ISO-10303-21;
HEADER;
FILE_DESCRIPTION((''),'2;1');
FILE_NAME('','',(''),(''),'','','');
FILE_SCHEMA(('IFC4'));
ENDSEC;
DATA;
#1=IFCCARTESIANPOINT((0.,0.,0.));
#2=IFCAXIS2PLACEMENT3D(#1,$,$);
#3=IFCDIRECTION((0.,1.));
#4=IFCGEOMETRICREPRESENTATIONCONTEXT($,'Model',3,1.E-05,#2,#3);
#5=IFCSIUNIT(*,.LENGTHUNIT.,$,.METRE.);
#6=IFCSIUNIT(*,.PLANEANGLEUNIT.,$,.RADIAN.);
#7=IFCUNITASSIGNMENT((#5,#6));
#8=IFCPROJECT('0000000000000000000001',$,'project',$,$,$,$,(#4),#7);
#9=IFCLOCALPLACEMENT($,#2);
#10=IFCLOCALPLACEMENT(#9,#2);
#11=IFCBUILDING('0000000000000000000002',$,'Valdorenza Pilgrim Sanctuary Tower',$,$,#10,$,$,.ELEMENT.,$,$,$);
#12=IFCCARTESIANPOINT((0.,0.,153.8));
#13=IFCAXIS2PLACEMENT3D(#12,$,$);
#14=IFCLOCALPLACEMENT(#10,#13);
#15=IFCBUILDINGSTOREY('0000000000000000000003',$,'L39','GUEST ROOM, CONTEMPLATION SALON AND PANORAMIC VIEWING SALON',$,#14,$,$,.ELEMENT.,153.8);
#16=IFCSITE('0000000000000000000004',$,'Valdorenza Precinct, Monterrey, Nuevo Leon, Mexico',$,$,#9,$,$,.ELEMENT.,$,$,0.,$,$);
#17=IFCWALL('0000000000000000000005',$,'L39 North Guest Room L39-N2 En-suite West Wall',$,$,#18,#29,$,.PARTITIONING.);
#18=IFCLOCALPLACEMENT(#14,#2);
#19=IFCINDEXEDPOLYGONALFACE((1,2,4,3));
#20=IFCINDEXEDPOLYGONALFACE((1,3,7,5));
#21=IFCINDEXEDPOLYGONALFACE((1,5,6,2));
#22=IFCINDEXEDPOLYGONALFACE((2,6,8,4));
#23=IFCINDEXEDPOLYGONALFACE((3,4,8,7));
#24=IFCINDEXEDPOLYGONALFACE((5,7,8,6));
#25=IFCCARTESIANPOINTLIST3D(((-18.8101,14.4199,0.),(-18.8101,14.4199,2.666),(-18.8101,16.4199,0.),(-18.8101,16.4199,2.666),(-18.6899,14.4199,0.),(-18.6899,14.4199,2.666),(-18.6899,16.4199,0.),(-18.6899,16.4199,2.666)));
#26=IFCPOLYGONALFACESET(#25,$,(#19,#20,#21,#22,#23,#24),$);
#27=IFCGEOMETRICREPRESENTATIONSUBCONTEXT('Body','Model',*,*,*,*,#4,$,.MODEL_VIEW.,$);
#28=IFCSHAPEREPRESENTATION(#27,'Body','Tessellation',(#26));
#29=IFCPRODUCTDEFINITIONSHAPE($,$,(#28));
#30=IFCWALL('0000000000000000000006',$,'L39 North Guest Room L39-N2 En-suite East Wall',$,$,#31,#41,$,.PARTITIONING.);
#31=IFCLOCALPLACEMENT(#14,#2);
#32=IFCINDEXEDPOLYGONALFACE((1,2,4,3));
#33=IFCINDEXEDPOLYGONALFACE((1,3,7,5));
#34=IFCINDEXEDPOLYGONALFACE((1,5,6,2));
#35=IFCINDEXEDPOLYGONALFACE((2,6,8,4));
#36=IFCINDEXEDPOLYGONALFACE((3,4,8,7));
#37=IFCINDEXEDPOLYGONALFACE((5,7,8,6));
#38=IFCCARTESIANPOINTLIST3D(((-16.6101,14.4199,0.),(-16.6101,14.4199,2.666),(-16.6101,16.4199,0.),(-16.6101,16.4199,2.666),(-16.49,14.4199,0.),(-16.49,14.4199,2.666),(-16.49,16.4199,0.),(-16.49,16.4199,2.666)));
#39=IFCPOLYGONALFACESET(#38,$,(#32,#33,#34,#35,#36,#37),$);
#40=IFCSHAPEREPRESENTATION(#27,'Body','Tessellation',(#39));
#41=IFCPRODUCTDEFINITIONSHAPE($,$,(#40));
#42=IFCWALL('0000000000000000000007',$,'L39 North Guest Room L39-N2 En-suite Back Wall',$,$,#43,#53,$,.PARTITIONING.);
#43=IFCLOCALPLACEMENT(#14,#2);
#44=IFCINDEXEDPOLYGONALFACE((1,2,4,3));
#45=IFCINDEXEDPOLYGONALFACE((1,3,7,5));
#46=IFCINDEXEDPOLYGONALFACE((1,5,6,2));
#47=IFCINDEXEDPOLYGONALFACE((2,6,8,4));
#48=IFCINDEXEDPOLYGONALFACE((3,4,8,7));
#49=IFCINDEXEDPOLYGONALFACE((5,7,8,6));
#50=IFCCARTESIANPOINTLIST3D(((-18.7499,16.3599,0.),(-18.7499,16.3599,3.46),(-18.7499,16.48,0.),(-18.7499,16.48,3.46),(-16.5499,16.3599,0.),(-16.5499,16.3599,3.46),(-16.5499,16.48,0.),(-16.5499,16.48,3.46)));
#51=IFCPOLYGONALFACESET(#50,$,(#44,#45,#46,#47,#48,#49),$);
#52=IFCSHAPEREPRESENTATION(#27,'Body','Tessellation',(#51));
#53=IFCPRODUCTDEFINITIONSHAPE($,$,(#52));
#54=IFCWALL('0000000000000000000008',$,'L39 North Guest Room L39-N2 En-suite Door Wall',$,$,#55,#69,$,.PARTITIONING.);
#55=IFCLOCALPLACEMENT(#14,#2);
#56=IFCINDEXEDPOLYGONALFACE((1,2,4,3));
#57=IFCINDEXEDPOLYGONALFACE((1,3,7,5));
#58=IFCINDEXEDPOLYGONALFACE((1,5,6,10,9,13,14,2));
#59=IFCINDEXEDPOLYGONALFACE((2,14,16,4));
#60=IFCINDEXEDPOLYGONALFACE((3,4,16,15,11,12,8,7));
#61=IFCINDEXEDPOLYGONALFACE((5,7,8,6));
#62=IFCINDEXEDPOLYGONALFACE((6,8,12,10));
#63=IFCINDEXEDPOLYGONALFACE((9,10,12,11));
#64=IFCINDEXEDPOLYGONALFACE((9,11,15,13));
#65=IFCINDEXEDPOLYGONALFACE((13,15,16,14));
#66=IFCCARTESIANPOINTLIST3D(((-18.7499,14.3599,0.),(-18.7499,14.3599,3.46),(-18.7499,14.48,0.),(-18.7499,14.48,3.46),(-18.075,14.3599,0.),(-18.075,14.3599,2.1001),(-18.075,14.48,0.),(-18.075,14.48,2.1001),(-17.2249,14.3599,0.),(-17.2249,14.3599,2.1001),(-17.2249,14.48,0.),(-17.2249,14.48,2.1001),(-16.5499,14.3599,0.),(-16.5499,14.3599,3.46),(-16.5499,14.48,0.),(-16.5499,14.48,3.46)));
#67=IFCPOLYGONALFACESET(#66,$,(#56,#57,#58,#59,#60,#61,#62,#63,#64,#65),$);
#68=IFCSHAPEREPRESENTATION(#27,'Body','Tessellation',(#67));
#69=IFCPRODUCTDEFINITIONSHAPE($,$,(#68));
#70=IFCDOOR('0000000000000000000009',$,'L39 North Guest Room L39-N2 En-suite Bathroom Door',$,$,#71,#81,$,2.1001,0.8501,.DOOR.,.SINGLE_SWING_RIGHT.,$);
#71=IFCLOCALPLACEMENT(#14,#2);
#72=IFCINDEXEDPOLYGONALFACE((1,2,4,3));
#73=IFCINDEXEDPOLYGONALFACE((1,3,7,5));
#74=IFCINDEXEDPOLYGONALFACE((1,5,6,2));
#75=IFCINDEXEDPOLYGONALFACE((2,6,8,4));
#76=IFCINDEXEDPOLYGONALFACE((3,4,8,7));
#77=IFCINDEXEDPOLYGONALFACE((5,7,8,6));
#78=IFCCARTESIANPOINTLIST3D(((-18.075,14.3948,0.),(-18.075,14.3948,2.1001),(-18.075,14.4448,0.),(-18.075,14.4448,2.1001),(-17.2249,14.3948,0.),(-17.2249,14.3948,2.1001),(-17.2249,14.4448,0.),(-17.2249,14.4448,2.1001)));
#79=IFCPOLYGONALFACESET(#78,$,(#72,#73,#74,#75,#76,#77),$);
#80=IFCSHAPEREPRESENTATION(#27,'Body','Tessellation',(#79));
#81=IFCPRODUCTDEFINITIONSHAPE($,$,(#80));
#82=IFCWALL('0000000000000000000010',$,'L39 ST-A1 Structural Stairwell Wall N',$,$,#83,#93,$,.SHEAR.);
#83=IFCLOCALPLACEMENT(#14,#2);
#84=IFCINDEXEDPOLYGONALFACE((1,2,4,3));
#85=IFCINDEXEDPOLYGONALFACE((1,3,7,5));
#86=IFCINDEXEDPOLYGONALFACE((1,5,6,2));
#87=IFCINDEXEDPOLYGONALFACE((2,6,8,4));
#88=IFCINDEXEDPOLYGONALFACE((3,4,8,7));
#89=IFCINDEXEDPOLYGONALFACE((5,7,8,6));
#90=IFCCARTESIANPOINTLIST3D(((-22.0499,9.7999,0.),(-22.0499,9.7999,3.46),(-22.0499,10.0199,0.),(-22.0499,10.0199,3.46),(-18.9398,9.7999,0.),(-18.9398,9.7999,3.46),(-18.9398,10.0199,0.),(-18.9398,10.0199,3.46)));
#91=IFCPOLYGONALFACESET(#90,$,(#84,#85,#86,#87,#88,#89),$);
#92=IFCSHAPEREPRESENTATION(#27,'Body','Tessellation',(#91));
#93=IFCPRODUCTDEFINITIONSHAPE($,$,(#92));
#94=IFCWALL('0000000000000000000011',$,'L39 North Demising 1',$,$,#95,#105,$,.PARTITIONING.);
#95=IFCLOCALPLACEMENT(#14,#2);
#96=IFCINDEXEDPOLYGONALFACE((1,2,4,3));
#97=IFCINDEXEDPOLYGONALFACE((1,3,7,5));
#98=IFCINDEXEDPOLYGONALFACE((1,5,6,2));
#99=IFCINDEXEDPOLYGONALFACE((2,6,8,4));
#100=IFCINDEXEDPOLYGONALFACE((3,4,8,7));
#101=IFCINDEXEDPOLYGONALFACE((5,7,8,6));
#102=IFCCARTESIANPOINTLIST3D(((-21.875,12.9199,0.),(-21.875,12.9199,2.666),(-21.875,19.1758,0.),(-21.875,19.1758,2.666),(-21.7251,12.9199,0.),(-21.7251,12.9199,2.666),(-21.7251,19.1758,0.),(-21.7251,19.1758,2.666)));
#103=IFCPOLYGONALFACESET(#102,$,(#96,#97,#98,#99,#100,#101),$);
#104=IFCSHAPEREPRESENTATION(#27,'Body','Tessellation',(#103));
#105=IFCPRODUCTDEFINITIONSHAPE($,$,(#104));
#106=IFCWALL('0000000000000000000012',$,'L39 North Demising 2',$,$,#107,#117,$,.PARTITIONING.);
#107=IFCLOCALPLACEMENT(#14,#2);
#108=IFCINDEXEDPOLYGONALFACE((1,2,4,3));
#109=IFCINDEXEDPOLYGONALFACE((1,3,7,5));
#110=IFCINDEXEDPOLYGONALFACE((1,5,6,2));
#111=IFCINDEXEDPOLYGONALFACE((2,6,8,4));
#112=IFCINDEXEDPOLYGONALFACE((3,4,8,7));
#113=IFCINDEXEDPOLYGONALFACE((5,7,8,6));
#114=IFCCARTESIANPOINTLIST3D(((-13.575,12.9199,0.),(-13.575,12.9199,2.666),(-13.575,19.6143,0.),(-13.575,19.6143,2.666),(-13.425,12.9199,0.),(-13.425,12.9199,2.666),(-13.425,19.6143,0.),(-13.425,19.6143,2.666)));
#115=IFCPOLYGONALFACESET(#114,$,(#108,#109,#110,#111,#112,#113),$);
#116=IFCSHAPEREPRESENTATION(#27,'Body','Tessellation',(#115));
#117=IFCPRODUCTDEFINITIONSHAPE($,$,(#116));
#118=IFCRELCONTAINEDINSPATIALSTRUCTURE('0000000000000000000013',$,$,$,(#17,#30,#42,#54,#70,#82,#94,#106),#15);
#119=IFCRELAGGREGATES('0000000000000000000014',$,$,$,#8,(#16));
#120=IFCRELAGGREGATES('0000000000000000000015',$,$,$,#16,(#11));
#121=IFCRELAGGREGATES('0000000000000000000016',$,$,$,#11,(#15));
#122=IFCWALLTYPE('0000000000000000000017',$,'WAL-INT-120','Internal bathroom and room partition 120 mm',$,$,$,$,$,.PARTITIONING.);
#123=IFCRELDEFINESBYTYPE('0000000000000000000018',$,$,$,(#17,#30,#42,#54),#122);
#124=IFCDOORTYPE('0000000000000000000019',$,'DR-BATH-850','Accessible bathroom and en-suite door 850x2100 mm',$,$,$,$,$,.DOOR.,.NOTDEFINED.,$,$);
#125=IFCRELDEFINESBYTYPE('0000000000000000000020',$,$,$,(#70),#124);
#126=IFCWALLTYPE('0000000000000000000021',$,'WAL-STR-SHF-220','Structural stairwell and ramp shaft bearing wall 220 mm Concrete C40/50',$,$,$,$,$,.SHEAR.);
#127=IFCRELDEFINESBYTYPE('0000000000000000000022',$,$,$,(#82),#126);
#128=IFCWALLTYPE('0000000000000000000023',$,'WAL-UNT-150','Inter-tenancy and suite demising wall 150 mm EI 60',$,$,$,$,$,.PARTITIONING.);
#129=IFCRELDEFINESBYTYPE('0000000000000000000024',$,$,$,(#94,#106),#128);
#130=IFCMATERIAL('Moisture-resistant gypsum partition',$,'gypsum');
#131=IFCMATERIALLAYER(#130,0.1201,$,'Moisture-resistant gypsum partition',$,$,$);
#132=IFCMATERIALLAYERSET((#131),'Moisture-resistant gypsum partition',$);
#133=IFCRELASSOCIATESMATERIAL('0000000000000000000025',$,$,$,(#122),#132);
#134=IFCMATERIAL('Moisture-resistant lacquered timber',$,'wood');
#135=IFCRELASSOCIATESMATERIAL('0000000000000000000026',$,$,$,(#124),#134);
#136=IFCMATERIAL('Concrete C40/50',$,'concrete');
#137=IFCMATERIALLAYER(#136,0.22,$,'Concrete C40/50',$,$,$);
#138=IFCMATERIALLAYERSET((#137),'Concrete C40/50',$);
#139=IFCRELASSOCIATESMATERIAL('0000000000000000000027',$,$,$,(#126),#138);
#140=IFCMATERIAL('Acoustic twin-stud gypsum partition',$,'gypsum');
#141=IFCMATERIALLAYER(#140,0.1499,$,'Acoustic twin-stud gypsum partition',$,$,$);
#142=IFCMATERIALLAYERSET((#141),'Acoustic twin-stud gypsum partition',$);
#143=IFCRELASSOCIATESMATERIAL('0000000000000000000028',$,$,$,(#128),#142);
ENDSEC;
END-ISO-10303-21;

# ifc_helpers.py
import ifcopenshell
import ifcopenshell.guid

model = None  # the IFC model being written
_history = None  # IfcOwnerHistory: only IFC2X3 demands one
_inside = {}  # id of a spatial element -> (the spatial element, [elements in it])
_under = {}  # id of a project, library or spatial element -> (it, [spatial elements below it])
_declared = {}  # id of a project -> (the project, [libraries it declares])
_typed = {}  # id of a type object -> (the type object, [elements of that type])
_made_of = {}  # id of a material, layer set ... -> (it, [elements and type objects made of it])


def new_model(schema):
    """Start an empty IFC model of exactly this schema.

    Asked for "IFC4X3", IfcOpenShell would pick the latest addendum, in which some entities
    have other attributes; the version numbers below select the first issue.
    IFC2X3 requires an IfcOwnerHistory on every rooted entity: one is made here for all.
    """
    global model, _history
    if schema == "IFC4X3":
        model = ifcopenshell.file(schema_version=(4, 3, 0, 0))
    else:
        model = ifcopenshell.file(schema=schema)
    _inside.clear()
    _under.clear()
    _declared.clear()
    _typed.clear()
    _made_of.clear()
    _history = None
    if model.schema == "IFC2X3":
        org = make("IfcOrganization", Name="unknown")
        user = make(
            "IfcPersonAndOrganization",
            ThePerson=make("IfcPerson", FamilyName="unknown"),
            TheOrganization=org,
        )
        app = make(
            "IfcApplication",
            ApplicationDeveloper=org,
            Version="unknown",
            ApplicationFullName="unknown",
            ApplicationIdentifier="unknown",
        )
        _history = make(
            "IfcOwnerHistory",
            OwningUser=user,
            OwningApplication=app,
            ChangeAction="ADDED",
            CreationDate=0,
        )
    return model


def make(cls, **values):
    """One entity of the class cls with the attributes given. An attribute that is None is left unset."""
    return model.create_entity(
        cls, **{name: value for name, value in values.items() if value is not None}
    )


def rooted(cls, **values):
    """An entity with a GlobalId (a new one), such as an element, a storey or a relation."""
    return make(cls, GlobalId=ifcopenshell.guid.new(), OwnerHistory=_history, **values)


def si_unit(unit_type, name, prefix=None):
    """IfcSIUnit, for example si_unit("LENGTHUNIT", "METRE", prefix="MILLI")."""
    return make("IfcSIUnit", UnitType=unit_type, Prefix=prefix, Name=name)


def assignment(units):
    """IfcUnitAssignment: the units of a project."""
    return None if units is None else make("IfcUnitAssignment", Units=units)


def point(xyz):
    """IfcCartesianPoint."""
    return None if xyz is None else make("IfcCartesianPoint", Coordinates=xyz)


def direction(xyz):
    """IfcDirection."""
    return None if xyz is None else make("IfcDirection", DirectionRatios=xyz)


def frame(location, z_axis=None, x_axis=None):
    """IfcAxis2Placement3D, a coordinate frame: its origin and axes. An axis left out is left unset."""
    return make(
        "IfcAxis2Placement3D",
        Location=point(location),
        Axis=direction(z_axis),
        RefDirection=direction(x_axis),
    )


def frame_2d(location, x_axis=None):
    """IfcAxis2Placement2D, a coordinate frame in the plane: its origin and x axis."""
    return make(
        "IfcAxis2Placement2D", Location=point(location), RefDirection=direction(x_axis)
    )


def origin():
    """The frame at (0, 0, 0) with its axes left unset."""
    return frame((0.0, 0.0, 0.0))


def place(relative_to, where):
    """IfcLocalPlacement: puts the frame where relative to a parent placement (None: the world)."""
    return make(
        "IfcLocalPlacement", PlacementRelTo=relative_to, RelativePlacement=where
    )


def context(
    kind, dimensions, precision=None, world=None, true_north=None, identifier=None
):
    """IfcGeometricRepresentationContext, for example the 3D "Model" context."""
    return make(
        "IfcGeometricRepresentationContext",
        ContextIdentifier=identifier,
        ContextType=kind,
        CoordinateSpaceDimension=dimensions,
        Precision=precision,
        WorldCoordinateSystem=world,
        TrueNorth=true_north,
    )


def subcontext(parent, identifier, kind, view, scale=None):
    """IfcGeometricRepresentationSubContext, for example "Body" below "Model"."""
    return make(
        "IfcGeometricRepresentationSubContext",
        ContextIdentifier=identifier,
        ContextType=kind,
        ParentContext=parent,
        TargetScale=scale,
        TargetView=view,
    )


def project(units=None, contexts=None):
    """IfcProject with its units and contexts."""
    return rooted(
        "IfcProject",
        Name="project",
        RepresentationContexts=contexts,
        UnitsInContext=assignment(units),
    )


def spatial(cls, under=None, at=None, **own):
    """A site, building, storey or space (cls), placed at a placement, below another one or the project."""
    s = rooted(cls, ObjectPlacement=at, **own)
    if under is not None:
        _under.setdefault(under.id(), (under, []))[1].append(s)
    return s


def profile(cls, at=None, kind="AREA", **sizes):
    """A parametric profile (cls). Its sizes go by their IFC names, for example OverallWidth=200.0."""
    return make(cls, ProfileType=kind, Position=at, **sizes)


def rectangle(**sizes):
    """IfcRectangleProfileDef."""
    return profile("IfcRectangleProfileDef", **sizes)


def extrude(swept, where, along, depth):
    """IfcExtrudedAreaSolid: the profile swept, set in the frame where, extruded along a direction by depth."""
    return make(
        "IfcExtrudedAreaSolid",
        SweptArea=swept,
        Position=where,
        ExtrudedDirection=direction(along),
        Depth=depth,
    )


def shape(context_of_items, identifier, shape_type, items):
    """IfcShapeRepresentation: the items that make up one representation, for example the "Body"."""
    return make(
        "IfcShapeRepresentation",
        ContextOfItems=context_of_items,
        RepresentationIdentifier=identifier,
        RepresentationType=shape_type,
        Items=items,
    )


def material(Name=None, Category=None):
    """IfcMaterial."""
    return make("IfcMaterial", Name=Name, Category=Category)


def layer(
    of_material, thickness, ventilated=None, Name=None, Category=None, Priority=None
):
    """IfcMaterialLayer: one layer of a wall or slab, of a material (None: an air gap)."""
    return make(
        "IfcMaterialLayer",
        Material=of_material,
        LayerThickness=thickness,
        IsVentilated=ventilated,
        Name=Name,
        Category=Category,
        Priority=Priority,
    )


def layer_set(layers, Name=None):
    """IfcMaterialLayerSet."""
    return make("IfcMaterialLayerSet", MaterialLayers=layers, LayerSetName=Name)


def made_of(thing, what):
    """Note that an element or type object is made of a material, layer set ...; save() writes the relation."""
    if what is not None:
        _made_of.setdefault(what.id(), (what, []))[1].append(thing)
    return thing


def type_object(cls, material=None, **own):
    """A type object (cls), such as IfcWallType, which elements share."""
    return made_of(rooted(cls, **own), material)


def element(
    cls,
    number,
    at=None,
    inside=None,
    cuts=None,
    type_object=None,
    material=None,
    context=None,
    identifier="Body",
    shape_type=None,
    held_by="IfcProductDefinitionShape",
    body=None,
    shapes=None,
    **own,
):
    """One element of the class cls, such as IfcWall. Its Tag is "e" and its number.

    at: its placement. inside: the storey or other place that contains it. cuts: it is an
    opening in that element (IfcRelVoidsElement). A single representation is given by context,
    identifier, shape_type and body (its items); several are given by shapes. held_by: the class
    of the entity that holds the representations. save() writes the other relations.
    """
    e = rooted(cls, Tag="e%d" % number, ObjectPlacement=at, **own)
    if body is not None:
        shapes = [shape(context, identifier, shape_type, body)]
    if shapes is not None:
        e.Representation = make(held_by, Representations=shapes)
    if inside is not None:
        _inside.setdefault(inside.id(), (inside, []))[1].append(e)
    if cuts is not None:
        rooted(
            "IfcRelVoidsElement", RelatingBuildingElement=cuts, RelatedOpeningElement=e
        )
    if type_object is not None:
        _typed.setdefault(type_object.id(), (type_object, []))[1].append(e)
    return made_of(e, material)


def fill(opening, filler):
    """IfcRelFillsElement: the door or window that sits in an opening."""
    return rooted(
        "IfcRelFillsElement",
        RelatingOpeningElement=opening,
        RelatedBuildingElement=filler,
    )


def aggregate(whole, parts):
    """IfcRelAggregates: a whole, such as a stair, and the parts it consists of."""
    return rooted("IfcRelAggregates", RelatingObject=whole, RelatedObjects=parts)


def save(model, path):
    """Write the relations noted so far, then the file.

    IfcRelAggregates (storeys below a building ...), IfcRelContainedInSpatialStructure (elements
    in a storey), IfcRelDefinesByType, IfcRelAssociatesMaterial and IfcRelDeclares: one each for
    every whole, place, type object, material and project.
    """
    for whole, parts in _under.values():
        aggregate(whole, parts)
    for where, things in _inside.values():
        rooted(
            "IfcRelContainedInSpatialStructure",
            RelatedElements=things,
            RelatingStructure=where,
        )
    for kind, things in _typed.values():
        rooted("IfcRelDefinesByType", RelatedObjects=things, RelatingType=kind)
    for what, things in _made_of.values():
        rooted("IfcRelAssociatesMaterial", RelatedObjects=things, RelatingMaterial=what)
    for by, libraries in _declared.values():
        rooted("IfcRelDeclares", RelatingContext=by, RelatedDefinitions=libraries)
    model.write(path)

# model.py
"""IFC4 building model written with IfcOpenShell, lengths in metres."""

from ifc_helpers import new_model, si_unit, direction, frame, frame_2d, origin, place, context, subcontext, project, spatial, rectangle, extrude, material, layer, layer_set, type_object, element, fill, save


model = new_model("IFC4")

# Units and contexts
model_context = context("Model", 3, precision=1e-05, world=origin(), true_north=direction((0.0, 1.0)))
body_context = subcontext(model_context, "Body", "Model", "MODEL_VIEW")
ifc_project = project(units=[si_unit("LENGTHUNIT", "METRE"), si_unit("PLANEANGLEUNIT", "RADIAN")], contexts=[model_context])

# Site, building, storey
site_placement = place(None, origin())
site = spatial("IfcSite", under=ifc_project, at=site_placement, Name="Valdorenza Precinct, Monterrey, Nuevo Leon, Mexico", CompositionType="ELEMENT", RefElevation=0.0)
building_placement = place(site_placement, origin())
building = spatial("IfcBuilding", under=site, at=building_placement, Name="Valdorenza Pilgrim Sanctuary Tower", CompositionType="ELEMENT")
storey_placement = place(building_placement, frame((0.0, 0.0, 153.8)))
storey = spatial("IfcBuildingStorey", under=building, at=storey_placement, Name="L39", Description="GUEST ROOM, CONTEMPLATION SALON AND PANORAMIC VIEWING SALON", CompositionType="ELEMENT", Elevation=153.8)

# Walls
ifc_material_1 = material(Name="Acoustic twin-stud gypsum partition", Category="gypsum")
ifc_material_2 = material(Name="Moisture-resistant gypsum partition", Category="gypsum")
ifc_layer_1 = layer(ifc_material_2, 0.1201, Name="Moisture-resistant gypsum partition")
ifc_layer_set_1 = layer_set([ifc_layer_1], Name="Moisture-resistant gypsum partition")
wall_type_1 = type_object("IfcWallType", Name="WAL-INT-120", Description="Internal bathroom and room partition 120 mm", PredefinedType="PARTITIONING", material=ifc_layer_set_1)
for number, where, z_axis, x_axis, name in (
    (1, (-18.75, 14.4199, 0.0), (0.0, 0.0, 1.0), (0.0, 1.0, 0.0), "L39 North Guest Room L39-N2 En-suite West Wall"),
    (2, (-16.55, 14.4199, 0.0), (0.0, 0.0, 1.0), (0.0, 1.0, 0.0), "L39 North Guest Room L39-N2 En-suite East Wall"),
):
    element("IfcWall", number, at=place(storey_placement, frame(where, z_axis=z_axis, x_axis=x_axis)), inside=storey, type_object=wall_type_1, Name=name, PredefinedType="PARTITIONING", context=body_context, shape_type="SweptSolid", body=[
        extrude(rectangle(XDim=2.0, YDim=0.1201, at=frame_2d((1.0, 0.0))), origin(), (0.0, 0.0, 1.0), 2.666),
    ])
wall_1_placement = place(storey_placement, frame((-18.75, 16.4199, 0.0), z_axis=(0.0, 0.0, 1.0), x_axis=(1.0, 0.0, 0.0)))
element("IfcWall", 3, at=wall_1_placement, inside=storey, type_object=wall_type_1, Name="L39 North Guest Room L39-N2 En-suite Back Wall", PredefinedType="PARTITIONING", context=body_context, shape_type="SweptSolid", body=[
    extrude(rectangle(XDim=2.2, YDim=0.1201, at=frame_2d((1.1001, 0.0))), origin(), (0.0, 0.0, 1.0), 3.46),
])

# Wall, opening, door
wall_2_placement = place(storey_placement, frame((-18.75, 14.4199, 0.0), z_axis=(0.0, 0.0, 1.0), x_axis=(1.0, 0.0, 0.0)))
wall_2 = element("IfcWall", 4, at=wall_2_placement, inside=storey, type_object=wall_type_1, Name="L39 North Guest Room L39-N2 En-suite Door Wall", PredefinedType="PARTITIONING", context=body_context, shape_type="SweptSolid", body=[
    extrude(rectangle(XDim=2.2, YDim=0.1201, at=frame_2d((1.1001, 0.0))), origin(), (0.0, 0.0, 1.0), 3.46),
])
opening_placement = place(wall_2_placement, frame((0.675, 0.0, 0.0)))
opening = element("IfcOpeningElement", 5, at=opening_placement, cuts=wall_2, PredefinedType="OPENING", context=body_context, shape_type="SweptSolid", body=[
    extrude(rectangle(XDim=0.8501, YDim=2.1001, at=frame_2d((0.425, 1.05))), frame((0.0, 0.075, 0.0), z_axis=(0.0, -1.0, 0.0), x_axis=(1.0, 0.0, 0.0)), (0.0, 0.0, 1.0), 0.1499),
])
ifc_material_3 = material(Name="Moisture-resistant lacquered timber", Category="wood")
door_type = type_object("IfcDoorType", Name="DR-BATH-850", Description="Accessible bathroom and en-suite door 850x2100 mm", OperationType="NOTDEFINED", PredefinedType="DOOR", material=ifc_material_3)
door_placement = place(opening_placement, origin())
door = element("IfcDoor", 6, at=door_placement, inside=storey, type_object=door_type, Name="L39 North Guest Room L39-N2 En-suite Bathroom Door", OperationType="SINGLE_SWING_RIGHT", OverallHeight=2.1001, OverallWidth=0.8501, PredefinedType="DOOR", context=body_context, shape_type="SweptSolid", body=[
    extrude(rectangle(XDim=0.8501, YDim=2.1001, at=frame_2d((0.425, 1.05))), frame((0.0, 0.0249, 0.0), z_axis=(0.0, -1.0, 0.0), x_axis=(1.0, 0.0, 0.0)), (0.0, 0.0, 1.0), 0.05),
])
fill(opening, door)

# Walls
ifc_material_4 = material(Name="Concrete C40/50", Category="concrete")
ifc_layer_2 = layer(ifc_material_4, 0.22, Name="Concrete C40/50")
ifc_layer_set_2 = layer_set([ifc_layer_2], Name="Concrete C40/50")
wall_type_2 = type_object("IfcWallType", Name="WAL-STR-SHF-220", Description="Structural stairwell and ramp shaft bearing wall 220 mm Concrete C40/50", PredefinedType="SHEAR", material=ifc_layer_set_2)
wall_3_placement = place(storey_placement, frame((-22.05, 9.9099, 0.0), z_axis=(0.0, 0.0, 1.0), x_axis=(1.0, 0.0, 0.0)))
element("IfcWall", 7, at=wall_3_placement, inside=storey, type_object=wall_type_2, Name="L39 ST-A1 Structural Stairwell Wall N", PredefinedType="SHEAR", context=body_context, shape_type="SweptSolid", body=[
    extrude(rectangle(XDim=3.1101, YDim=0.22, at=frame_2d((1.5552, 0.0))), origin(), (0.0, 0.0, 1.0), 3.46),
])
ifc_layer_3 = layer(ifc_material_1, 0.1499, Name="Acoustic twin-stud gypsum partition")
ifc_layer_set_3 = layer_set([ifc_layer_3], Name="Acoustic twin-stud gypsum partition")
wall_type_3 = type_object("IfcWallType", Name="WAL-UNT-150", Description="Inter-tenancy and suite demising wall 150 mm EI 60", PredefinedType="PARTITIONING", material=ifc_layer_set_3)
wall_4_placement = place(storey_placement, frame((-21.8, 12.9199, 0.0), z_axis=(0.0, 0.0, 1.0), x_axis=(0.0, 1.0, 0.0)))
element("IfcWall", 8, at=wall_4_placement, inside=storey, type_object=wall_type_3, Name="L39 North Demising 1", PredefinedType="PARTITIONING", context=body_context, shape_type="SweptSolid", body=[
    extrude(rectangle(XDim=6.2559, YDim=0.1499, at=frame_2d((3.1279, 0.0))), origin(), (0.0, 0.0, 1.0), 2.666),
])
wall_5_placement = place(storey_placement, frame((-13.5, 12.9199, 0.0), z_axis=(0.0, 0.0, 1.0), x_axis=(0.0, 1.0, 0.0)))
element("IfcWall", 9, at=wall_5_placement, inside=storey, type_object=wall_type_3, Name="L39 North Demising 2", PredefinedType="PARTITIONING", context=body_context, shape_type="SweptSolid", body=[
    extrude(rectangle(XDim=6.6943, YDim=0.1499, at=frame_2d((3.3472, 0.0))), origin(), (0.0, 0.0, 1.0), 2.666),
])

save(model, "model.ifc")
